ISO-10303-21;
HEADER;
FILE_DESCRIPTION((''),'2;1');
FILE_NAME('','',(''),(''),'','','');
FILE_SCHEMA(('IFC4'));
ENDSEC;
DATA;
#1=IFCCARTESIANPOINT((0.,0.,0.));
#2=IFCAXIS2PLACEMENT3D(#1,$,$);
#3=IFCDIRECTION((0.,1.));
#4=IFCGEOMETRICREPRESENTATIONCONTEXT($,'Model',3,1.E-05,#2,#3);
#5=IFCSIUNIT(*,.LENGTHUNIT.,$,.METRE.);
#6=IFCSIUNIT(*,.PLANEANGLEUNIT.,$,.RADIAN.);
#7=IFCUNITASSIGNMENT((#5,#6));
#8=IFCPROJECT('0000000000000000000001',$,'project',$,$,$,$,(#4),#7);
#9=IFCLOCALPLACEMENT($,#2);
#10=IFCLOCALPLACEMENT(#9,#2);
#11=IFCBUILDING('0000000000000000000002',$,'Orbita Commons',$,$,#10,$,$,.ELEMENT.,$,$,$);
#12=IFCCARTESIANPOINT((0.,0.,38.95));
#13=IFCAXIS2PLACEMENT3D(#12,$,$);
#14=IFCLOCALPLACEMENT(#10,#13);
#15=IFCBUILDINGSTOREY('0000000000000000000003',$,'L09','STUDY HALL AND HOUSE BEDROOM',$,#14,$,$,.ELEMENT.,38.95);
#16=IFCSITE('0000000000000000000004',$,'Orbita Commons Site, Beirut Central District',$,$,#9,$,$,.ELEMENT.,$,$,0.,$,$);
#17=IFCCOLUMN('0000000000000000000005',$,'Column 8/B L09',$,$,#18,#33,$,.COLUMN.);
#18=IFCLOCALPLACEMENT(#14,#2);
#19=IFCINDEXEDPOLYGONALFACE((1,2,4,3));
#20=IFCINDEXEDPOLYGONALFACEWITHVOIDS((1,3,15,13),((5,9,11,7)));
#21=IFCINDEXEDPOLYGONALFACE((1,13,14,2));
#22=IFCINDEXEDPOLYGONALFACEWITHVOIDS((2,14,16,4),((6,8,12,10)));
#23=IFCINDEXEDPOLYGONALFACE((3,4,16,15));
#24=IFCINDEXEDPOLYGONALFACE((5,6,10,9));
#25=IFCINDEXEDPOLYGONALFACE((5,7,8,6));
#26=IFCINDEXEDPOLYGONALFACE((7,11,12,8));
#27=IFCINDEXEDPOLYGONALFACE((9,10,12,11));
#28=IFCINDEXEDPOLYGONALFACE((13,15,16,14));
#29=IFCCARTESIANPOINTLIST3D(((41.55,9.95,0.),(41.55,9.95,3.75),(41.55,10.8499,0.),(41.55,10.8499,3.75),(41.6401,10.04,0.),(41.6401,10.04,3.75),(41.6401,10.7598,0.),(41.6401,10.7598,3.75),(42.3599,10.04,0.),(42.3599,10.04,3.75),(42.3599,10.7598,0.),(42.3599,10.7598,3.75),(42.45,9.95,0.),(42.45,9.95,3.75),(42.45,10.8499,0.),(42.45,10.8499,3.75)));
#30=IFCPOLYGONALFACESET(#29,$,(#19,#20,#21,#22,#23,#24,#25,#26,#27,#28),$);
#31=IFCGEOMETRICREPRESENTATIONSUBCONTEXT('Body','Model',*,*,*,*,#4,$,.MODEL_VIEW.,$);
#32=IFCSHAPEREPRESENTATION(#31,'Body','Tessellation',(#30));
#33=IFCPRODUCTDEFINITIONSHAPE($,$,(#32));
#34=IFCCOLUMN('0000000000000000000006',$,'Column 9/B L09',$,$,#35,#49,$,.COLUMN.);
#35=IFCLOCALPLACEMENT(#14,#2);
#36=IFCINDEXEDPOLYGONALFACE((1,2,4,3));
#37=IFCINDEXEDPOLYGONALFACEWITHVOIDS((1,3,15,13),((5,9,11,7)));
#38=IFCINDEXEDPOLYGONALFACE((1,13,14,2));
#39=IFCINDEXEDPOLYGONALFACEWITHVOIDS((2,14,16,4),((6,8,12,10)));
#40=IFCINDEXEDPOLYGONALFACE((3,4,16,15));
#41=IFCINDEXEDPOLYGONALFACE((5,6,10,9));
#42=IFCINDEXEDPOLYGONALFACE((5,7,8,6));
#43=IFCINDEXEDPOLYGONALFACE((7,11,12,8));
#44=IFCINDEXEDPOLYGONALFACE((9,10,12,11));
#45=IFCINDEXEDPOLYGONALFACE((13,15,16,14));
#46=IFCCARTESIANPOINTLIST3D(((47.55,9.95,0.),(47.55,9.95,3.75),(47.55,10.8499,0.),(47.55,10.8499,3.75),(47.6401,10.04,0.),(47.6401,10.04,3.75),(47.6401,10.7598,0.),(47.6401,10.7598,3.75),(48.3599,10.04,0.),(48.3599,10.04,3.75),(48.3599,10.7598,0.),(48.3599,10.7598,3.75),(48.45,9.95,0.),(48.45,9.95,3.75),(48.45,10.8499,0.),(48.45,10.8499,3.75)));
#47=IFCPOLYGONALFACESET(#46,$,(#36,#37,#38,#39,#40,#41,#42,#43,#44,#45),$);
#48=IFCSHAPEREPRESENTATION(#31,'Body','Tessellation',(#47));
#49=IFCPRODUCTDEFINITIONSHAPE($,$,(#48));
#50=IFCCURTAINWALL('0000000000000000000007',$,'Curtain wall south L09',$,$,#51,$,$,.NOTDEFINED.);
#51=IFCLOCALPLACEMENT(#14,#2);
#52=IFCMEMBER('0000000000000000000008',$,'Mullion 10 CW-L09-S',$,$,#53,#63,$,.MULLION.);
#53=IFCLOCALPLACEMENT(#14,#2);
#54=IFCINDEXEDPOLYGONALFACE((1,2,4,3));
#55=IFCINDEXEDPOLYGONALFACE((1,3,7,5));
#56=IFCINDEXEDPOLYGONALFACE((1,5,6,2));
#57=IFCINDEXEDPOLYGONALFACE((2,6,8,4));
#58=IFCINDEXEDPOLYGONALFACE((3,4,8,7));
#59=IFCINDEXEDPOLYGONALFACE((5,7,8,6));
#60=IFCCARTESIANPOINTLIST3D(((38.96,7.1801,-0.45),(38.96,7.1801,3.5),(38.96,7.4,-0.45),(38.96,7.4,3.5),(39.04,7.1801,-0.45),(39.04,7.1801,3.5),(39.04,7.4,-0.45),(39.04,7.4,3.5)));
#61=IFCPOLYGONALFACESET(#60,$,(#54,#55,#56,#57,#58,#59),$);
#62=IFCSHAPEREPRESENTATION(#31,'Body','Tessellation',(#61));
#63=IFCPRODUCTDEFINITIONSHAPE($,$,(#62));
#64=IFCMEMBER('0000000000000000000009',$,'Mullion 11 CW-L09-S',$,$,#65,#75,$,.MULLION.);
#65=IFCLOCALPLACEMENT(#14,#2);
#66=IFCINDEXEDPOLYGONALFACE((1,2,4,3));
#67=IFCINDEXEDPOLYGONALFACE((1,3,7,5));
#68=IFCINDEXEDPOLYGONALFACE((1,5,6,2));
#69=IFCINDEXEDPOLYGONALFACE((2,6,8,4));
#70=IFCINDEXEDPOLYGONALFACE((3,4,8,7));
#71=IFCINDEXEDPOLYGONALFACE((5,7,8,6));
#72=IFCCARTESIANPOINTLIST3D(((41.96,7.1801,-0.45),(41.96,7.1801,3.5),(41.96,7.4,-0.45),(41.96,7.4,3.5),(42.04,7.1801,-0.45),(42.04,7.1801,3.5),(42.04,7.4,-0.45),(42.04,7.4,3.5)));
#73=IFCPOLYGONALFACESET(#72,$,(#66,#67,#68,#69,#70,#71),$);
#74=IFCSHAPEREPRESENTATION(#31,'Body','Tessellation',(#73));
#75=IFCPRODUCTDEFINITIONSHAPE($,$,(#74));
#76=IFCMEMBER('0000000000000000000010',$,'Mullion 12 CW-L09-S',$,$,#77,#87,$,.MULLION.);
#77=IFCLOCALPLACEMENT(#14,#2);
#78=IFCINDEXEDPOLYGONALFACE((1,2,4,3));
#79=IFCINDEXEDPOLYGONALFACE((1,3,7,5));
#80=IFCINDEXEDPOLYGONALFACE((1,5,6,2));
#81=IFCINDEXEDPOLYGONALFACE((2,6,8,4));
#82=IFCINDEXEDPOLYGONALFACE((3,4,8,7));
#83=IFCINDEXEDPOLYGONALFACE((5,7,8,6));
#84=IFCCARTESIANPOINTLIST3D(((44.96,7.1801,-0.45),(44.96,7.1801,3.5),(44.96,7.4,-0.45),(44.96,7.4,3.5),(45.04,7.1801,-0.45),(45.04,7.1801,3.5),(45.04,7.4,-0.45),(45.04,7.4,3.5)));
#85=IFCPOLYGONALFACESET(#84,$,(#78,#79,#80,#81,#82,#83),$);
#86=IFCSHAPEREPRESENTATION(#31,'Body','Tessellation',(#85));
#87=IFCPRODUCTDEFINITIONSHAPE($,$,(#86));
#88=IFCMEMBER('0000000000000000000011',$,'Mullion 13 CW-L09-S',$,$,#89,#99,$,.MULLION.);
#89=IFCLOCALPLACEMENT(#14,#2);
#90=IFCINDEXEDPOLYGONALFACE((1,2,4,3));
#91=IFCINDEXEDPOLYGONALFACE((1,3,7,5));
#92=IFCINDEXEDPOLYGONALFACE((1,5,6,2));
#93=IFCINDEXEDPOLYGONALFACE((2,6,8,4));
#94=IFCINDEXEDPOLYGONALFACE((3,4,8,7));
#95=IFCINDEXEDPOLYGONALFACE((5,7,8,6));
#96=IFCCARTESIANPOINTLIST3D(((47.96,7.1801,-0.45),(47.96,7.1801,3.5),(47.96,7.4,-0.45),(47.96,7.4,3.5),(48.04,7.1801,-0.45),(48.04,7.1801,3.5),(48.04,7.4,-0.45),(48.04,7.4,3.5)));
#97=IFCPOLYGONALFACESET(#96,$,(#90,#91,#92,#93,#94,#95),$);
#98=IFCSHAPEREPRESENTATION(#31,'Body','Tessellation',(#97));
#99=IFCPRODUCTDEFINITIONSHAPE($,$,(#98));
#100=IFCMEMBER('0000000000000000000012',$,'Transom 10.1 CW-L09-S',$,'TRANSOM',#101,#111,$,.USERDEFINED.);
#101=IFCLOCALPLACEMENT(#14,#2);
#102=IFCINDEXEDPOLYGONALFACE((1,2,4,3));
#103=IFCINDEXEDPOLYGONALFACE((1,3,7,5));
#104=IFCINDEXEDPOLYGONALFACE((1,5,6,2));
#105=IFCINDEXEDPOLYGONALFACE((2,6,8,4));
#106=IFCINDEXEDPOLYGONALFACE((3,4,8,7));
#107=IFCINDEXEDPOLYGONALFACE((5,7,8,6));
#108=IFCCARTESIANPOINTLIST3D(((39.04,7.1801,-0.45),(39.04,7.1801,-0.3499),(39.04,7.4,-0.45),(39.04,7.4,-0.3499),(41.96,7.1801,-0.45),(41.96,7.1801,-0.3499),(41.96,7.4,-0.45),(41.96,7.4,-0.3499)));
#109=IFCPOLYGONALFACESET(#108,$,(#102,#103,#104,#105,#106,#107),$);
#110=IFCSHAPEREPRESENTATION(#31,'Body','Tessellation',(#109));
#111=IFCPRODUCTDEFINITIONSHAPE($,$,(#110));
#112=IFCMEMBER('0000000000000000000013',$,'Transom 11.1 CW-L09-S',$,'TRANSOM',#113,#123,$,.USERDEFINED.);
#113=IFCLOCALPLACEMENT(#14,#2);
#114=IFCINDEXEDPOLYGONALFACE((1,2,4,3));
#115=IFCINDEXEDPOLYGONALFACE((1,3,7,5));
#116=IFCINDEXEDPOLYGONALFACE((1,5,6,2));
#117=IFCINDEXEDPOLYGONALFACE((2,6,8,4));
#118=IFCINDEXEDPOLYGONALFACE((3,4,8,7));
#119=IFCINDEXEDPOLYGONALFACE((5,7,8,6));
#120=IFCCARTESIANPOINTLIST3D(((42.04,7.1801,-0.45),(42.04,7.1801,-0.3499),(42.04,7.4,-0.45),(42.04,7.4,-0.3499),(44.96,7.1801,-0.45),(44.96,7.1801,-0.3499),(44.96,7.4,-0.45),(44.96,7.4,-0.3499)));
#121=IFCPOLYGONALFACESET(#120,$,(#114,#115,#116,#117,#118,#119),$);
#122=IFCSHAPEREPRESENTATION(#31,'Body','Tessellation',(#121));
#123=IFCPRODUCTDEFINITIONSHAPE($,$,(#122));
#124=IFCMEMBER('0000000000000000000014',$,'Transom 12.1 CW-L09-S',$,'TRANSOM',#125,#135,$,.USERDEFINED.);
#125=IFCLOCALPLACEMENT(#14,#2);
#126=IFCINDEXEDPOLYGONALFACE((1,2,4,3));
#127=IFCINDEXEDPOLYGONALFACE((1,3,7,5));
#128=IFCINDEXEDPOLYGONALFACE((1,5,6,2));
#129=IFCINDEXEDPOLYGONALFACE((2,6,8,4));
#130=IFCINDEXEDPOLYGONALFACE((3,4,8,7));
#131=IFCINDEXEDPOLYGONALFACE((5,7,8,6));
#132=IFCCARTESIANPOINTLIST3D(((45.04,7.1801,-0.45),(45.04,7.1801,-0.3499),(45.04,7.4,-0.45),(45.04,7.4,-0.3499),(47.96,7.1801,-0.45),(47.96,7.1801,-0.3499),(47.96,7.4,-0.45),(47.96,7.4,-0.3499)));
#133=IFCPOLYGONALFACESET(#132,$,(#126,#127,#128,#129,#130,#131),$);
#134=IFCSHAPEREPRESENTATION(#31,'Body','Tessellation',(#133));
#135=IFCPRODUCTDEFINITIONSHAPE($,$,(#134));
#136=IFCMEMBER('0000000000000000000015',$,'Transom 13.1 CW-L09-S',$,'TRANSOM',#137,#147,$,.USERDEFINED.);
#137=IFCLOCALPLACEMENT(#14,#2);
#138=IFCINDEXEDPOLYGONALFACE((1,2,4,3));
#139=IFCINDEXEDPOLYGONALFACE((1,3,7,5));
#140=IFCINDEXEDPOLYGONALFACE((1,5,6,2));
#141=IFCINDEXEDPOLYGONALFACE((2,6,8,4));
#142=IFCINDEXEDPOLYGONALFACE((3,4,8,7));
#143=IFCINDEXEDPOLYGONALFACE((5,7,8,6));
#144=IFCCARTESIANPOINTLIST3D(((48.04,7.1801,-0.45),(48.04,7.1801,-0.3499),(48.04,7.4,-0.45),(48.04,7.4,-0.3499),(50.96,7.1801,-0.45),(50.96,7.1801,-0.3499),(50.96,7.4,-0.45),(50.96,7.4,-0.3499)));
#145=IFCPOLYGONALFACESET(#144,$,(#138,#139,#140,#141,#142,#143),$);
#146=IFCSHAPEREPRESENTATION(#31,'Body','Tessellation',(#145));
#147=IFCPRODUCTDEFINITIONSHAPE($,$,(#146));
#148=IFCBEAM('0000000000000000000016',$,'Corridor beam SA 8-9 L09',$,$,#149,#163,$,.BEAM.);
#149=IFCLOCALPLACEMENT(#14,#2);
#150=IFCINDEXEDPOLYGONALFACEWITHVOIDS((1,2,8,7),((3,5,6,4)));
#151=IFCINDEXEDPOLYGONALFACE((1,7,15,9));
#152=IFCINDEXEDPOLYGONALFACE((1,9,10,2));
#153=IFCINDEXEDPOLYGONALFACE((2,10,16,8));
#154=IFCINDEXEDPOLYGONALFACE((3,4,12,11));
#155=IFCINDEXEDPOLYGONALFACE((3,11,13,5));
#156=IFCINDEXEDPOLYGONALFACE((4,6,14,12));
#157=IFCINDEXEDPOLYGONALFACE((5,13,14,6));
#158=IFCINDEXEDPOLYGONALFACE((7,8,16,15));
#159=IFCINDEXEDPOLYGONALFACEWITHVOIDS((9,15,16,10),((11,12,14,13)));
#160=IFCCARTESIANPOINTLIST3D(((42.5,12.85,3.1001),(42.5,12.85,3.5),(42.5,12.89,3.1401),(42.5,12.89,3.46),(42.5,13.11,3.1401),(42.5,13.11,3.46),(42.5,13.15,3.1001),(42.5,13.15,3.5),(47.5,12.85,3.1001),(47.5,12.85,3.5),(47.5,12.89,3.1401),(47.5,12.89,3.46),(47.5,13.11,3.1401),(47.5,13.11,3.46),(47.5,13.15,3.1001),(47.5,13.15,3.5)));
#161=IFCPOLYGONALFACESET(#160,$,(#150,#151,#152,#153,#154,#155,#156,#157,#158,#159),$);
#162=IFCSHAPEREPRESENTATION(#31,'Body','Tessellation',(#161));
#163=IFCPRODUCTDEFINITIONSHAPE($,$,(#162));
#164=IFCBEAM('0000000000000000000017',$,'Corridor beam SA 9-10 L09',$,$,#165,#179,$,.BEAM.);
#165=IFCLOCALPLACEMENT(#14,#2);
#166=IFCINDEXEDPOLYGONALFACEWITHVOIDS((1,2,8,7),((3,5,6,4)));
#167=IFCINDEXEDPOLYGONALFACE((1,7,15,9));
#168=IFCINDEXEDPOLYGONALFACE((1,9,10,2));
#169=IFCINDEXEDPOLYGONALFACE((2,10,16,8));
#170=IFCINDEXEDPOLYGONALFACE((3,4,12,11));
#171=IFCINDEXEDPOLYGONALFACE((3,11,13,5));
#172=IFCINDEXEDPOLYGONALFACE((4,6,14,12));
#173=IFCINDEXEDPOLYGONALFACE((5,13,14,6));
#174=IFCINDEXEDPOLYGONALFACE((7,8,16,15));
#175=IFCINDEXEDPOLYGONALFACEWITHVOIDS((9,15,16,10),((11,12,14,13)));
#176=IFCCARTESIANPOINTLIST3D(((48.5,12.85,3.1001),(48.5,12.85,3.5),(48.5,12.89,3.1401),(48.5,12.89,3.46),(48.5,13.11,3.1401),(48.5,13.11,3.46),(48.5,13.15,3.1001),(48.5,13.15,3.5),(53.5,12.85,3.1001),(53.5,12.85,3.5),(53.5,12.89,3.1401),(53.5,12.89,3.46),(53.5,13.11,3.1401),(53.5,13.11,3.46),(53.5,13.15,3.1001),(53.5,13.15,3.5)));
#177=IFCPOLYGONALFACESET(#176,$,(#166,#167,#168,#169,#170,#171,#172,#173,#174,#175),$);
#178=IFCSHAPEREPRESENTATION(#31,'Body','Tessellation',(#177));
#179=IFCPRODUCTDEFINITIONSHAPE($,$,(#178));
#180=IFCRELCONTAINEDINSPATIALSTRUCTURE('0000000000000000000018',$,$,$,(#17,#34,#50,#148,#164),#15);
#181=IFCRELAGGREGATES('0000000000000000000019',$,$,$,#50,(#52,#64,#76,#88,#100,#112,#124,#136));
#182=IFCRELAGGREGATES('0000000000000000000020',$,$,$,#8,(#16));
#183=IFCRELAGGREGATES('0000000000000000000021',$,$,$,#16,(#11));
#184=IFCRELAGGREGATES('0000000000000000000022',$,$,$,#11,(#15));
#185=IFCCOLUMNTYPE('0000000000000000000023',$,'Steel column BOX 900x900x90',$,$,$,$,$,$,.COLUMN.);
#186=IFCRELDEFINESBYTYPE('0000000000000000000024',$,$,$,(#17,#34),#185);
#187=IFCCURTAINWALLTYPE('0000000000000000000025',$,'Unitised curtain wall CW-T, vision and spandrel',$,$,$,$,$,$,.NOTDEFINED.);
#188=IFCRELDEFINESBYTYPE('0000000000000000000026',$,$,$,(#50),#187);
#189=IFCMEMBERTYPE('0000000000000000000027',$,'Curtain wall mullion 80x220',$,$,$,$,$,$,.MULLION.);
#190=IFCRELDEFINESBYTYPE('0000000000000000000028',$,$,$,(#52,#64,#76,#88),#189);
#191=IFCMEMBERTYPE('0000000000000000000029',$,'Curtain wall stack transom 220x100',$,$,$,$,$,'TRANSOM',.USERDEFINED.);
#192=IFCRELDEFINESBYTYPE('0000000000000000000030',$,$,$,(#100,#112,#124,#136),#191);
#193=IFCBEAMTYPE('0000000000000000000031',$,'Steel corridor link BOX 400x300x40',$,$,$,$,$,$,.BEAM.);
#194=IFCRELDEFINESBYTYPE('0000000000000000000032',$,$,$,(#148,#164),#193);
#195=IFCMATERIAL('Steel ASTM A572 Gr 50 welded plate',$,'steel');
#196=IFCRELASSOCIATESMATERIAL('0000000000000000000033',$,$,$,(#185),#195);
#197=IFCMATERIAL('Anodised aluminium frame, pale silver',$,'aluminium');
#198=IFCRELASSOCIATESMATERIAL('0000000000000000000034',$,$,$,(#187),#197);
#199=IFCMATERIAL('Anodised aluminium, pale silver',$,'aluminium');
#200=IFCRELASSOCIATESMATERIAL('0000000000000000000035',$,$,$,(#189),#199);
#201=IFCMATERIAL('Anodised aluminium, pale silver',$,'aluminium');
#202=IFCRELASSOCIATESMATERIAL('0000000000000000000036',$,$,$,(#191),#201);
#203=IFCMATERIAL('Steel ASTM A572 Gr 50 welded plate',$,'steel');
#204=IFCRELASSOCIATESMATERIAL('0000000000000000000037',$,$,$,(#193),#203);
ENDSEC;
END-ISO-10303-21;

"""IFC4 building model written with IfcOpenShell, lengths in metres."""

from ifc_helpers import new_model, si_unit, direction, frame, origin, origin_2d, place, context, subcontext, project, spatial, rectangle, hollow_rectangle, extrude, material, material_profile, profile_set, type_object, element, aggregate, save


model = new_model("IFC4")

# Units and contexts
model_context = context("Model", 3, precision=1e-05, world=origin(), true_north=direction((0.0, 1.0)))
body_context = subcontext(model_context, "Body", "Model", "MODEL_VIEW")
ifc_project = project(units=[si_unit("LENGTHUNIT", "METRE"), si_unit("PLANEANGLEUNIT", "RADIAN")], contexts=[model_context])

# Site, building, storey
site_placement = place(None, origin())
site = spatial("IfcSite", under=ifc_project, at=site_placement, Name="Orbita Commons Site, Beirut Central District", CompositionType="ELEMENT", RefElevation=0.0)
building_placement = place(site_placement, origin())
building = spatial("IfcBuilding", under=site, at=building_placement, Name="Orbita Commons", CompositionType="ELEMENT")
storey_placement = place(building_placement, frame((0.0, 0.0, 38.95)))
storey = spatial("IfcBuildingStorey", under=building, at=storey_placement, Name="L09", Description="STUDY HALL AND HOUSE BEDROOM", CompositionType="ELEMENT", Elevation=38.95)

# Columns
ifc_material_1 = material(Name="Steel ASTM A572 Gr 50 welded plate", Category="steel")
ifc_material_profile_1 = material_profile(ifc_material_1, hollow_rectangle(XDim=0.8999, YDim=0.8999, WallThickness=0.0901, at=origin_2d()), Name="BOX 900x900x90")
ifc_profile_set_1 = profile_set([ifc_material_profile_1], Name="Steel ASTM A572 Gr 50 welded plate")
column_type = type_object("IfcColumnType", Name="Steel column BOX 900x900x90", PredefinedType="COLUMN", material=ifc_profile_set_1)
for number, where, z_axis, x_axis, name in (
    (1, (42.0, 10.3999, 0.0), (0.0, 0.0, 1.0), (1.0, 0.0, 0.0), "Column 8/B L09"),
    (2, (48.0, 10.3999, 0.0), (0.0, 0.0, 1.0), (1.0, 0.0, 0.0), "Column 9/B L09"),
):
    element("IfcColumn", number, at=place(storey_placement, frame(where, z_axis=z_axis, x_axis=x_axis)), inside=storey, type_object=column_type, Name=name, PredefinedType="COLUMN", context=body_context, shape_type="SweptSolid", body=[
        extrude(hollow_rectangle(XDim=0.8999, YDim=0.8999, WallThickness=0.0901, at=origin_2d()), origin(), (0.0, 0.0, 1.0), 3.75),
    ])

# Curtain wall, members
ifc_material_2 = material(Name="Anodised aluminium frame, pale silver", Category="aluminium")
curtain_wall_type = type_object("IfcCurtainWallType", Name="Unitised curtain wall CW-T, vision and spandrel", PredefinedType="NOTDEFINED", material=ifc_material_2)
curtain_wall_placement = place(storey_placement, origin())
curtain_wall = element("IfcCurtainWall", 3, at=curtain_wall_placement, inside=storey, type_object=curtain_wall_type, Name="Curtain wall south L09", PredefinedType="NOTDEFINED")
ifc_material_3 = material(Name="Anodised aluminium, pale silver", Category="aluminium")
ifc_material_profile_2 = material_profile(ifc_material_3, rectangle(XDim=0.0801, YDim=0.22, at=origin_2d()), Name="AL 80x220")
ifc_profile_set_2 = profile_set([ifc_material_profile_2], Name="Anodised aluminium, pale silver")
member_type_1 = type_object("IfcMemberType", Name="Curtain wall mullion 80x220", PredefinedType="MULLION", material=ifc_profile_set_2)
member_1_placement = place(storey_placement, frame((39.0, 7.29, -0.45), z_axis=(0.0, 0.0, 1.0), x_axis=(1.0, 0.0, 0.0)))
member_1 = element("IfcMember", 4, at=member_1_placement, type_object=member_type_1, Name="Mullion 10 CW-L09-S", PredefinedType="MULLION", context=body_context, shape_type="SweptSolid", body=[
    extrude(rectangle(XDim=0.0801, YDim=0.22, at=origin_2d()), origin(), (0.0, 0.0, 1.0), 3.95),
])
member_2_placement = place(storey_placement, frame((42.0, 7.29, -0.45), z_axis=(0.0, 0.0, 1.0), x_axis=(1.0, 0.0, 0.0)))
member_2 = element("IfcMember", 5, at=member_2_placement, type_object=member_type_1, Name="Mullion 11 CW-L09-S", PredefinedType="MULLION", context=body_context, shape_type="SweptSolid", body=[
    extrude(rectangle(XDim=0.0801, YDim=0.22, at=origin_2d()), origin(), (0.0, 0.0, 1.0), 3.95),
])
member_3_placement = place(storey_placement, frame((45.0, 7.29, -0.45), z_axis=(0.0, 0.0, 1.0), x_axis=(1.0, 0.0, 0.0)))
member_3 = element("IfcMember", 6, at=member_3_placement, type_object=member_type_1, Name="Mullion 12 CW-L09-S", PredefinedType="MULLION", context=body_context, shape_type="SweptSolid", body=[
    extrude(rectangle(XDim=0.0801, YDim=0.22, at=origin_2d()), origin(), (0.0, 0.0, 1.0), 3.95),
])
member_4_placement = place(storey_placement, frame((48.0, 7.29, -0.45), z_axis=(0.0, 0.0, 1.0), x_axis=(1.0, 0.0, 0.0)))
member_4 = element("IfcMember", 7, at=member_4_placement, type_object=member_type_1, Name="Mullion 13 CW-L09-S", PredefinedType="MULLION", context=body_context, shape_type="SweptSolid", body=[
    extrude(rectangle(XDim=0.0801, YDim=0.22, at=origin_2d()), origin(), (0.0, 0.0, 1.0), 3.95),
])
ifc_material_4 = material(Name="Anodised aluminium, pale silver", Category="aluminium")
ifc_material_profile_3 = material_profile(ifc_material_4, rectangle(XDim=0.22, YDim=0.1001, at=origin_2d()), Name="AL 220x100")
ifc_profile_set_3 = profile_set([ifc_material_profile_3], Name="Anodised aluminium, pale silver")
member_type_2 = type_object("IfcMemberType", Name="Curtain wall stack transom 220x100", ElementType="TRANSOM", PredefinedType="USERDEFINED", material=ifc_profile_set_3)
member_5_placement = place(storey_placement, frame((39.04, 7.29, -0.3999), z_axis=(1.0, 0.0, 0.0), x_axis=(0.0, 1.0, 0.0)))
member_5 = element("IfcMember", 8, at=member_5_placement, type_object=member_type_2, Name="Transom 10.1 CW-L09-S", ObjectType="TRANSOM", PredefinedType="USERDEFINED", context=body_context, shape_type="SweptSolid", body=[
    extrude(rectangle(XDim=0.22, YDim=0.1001, at=origin_2d()), origin(), (0.0, 0.0, 1.0), 2.9199),
])
member_6_placement = place(storey_placement, frame((42.04, 7.29, -0.3999), z_axis=(1.0, 0.0, 0.0), x_axis=(0.0, 1.0, 0.0)))
member_6 = element("IfcMember", 9, at=member_6_placement, type_object=member_type_2, Name="Transom 11.1 CW-L09-S", ObjectType="TRANSOM", PredefinedType="USERDEFINED", context=body_context, shape_type="SweptSolid", body=[
    extrude(rectangle(XDim=0.22, YDim=0.1001, at=origin_2d()), origin(), (0.0, 0.0, 1.0), 2.9199),
])
member_7_placement = place(storey_placement, frame((45.04, 7.29, -0.3999), z_axis=(1.0, 0.0, 0.0), x_axis=(0.0, 1.0, 0.0)))
member_7 = element("IfcMember", 10, at=member_7_placement, type_object=member_type_2, Name="Transom 12.1 CW-L09-S", ObjectType="TRANSOM", PredefinedType="USERDEFINED", context=body_context, shape_type="SweptSolid", body=[
    extrude(rectangle(XDim=0.22, YDim=0.1001, at=origin_2d()), origin(), (0.0, 0.0, 1.0), 2.9199),
])
member_8_placement = place(storey_placement, frame((48.04, 7.29, -0.3999), z_axis=(1.0, 0.0, 0.0), x_axis=(0.0, 1.0, 0.0)))
member_8 = element("IfcMember", 11, at=member_8_placement, type_object=member_type_2, Name="Transom 13.1 CW-L09-S", ObjectType="TRANSOM", PredefinedType="USERDEFINED", context=body_context, shape_type="SweptSolid", body=[
    extrude(rectangle(XDim=0.22, YDim=0.1001, at=origin_2d()), origin(), (0.0, 0.0, 1.0), 2.9199),
])

# Beams
ifc_material_5 = material(Name="Steel ASTM A572 Gr 50 welded plate", Category="steel")
ifc_material_profile_4 = material_profile(ifc_material_5, hollow_rectangle(XDim=0.3, YDim=0.3999, WallThickness=0.04, at=origin_2d()), Name="BOX 400x300x40")
ifc_profile_set_4 = profile_set([ifc_material_profile_4], Name="Steel ASTM A572 Gr 50 welded plate")
beam_type_1 = type_object("IfcBeamType", Name="Steel corridor link BOX 400x300x40", PredefinedType="BEAM", material=ifc_profile_set_4)
for number, where, z_axis, x_axis, name in (
    (12, (42.5, 13.0, 3.3), (1.0, 0.0, 0.0), (0.0, 1.0, 0.0), "Corridor beam SA 8-9 L09"),
    (13, (48.5, 13.0, 3.3), (1.0, 0.0, 0.0), (0.0, 1.0, 0.0), "Corridor beam SA 9-10 L09"),
):
    element("IfcBeam", number, at=place(storey_placement, frame(where, z_axis=z_axis, x_axis=x_axis)), inside=storey, type_object=beam_type_1, Name=name, PredefinedType="BEAM", context=body_context, shape_type="SweptSolid", body=[
        extrude(hollow_rectangle(XDim=0.3, YDim=0.3999, WallThickness=0.04, at=origin_2d()), origin(), (0.0, 0.0, 1.0), 5.0),
    ])

aggregate(curtain_wall, [member_1, member_2, member_3, member_4, member_5, member_6, member_7, member_8])

save(model, "model.ifc")
